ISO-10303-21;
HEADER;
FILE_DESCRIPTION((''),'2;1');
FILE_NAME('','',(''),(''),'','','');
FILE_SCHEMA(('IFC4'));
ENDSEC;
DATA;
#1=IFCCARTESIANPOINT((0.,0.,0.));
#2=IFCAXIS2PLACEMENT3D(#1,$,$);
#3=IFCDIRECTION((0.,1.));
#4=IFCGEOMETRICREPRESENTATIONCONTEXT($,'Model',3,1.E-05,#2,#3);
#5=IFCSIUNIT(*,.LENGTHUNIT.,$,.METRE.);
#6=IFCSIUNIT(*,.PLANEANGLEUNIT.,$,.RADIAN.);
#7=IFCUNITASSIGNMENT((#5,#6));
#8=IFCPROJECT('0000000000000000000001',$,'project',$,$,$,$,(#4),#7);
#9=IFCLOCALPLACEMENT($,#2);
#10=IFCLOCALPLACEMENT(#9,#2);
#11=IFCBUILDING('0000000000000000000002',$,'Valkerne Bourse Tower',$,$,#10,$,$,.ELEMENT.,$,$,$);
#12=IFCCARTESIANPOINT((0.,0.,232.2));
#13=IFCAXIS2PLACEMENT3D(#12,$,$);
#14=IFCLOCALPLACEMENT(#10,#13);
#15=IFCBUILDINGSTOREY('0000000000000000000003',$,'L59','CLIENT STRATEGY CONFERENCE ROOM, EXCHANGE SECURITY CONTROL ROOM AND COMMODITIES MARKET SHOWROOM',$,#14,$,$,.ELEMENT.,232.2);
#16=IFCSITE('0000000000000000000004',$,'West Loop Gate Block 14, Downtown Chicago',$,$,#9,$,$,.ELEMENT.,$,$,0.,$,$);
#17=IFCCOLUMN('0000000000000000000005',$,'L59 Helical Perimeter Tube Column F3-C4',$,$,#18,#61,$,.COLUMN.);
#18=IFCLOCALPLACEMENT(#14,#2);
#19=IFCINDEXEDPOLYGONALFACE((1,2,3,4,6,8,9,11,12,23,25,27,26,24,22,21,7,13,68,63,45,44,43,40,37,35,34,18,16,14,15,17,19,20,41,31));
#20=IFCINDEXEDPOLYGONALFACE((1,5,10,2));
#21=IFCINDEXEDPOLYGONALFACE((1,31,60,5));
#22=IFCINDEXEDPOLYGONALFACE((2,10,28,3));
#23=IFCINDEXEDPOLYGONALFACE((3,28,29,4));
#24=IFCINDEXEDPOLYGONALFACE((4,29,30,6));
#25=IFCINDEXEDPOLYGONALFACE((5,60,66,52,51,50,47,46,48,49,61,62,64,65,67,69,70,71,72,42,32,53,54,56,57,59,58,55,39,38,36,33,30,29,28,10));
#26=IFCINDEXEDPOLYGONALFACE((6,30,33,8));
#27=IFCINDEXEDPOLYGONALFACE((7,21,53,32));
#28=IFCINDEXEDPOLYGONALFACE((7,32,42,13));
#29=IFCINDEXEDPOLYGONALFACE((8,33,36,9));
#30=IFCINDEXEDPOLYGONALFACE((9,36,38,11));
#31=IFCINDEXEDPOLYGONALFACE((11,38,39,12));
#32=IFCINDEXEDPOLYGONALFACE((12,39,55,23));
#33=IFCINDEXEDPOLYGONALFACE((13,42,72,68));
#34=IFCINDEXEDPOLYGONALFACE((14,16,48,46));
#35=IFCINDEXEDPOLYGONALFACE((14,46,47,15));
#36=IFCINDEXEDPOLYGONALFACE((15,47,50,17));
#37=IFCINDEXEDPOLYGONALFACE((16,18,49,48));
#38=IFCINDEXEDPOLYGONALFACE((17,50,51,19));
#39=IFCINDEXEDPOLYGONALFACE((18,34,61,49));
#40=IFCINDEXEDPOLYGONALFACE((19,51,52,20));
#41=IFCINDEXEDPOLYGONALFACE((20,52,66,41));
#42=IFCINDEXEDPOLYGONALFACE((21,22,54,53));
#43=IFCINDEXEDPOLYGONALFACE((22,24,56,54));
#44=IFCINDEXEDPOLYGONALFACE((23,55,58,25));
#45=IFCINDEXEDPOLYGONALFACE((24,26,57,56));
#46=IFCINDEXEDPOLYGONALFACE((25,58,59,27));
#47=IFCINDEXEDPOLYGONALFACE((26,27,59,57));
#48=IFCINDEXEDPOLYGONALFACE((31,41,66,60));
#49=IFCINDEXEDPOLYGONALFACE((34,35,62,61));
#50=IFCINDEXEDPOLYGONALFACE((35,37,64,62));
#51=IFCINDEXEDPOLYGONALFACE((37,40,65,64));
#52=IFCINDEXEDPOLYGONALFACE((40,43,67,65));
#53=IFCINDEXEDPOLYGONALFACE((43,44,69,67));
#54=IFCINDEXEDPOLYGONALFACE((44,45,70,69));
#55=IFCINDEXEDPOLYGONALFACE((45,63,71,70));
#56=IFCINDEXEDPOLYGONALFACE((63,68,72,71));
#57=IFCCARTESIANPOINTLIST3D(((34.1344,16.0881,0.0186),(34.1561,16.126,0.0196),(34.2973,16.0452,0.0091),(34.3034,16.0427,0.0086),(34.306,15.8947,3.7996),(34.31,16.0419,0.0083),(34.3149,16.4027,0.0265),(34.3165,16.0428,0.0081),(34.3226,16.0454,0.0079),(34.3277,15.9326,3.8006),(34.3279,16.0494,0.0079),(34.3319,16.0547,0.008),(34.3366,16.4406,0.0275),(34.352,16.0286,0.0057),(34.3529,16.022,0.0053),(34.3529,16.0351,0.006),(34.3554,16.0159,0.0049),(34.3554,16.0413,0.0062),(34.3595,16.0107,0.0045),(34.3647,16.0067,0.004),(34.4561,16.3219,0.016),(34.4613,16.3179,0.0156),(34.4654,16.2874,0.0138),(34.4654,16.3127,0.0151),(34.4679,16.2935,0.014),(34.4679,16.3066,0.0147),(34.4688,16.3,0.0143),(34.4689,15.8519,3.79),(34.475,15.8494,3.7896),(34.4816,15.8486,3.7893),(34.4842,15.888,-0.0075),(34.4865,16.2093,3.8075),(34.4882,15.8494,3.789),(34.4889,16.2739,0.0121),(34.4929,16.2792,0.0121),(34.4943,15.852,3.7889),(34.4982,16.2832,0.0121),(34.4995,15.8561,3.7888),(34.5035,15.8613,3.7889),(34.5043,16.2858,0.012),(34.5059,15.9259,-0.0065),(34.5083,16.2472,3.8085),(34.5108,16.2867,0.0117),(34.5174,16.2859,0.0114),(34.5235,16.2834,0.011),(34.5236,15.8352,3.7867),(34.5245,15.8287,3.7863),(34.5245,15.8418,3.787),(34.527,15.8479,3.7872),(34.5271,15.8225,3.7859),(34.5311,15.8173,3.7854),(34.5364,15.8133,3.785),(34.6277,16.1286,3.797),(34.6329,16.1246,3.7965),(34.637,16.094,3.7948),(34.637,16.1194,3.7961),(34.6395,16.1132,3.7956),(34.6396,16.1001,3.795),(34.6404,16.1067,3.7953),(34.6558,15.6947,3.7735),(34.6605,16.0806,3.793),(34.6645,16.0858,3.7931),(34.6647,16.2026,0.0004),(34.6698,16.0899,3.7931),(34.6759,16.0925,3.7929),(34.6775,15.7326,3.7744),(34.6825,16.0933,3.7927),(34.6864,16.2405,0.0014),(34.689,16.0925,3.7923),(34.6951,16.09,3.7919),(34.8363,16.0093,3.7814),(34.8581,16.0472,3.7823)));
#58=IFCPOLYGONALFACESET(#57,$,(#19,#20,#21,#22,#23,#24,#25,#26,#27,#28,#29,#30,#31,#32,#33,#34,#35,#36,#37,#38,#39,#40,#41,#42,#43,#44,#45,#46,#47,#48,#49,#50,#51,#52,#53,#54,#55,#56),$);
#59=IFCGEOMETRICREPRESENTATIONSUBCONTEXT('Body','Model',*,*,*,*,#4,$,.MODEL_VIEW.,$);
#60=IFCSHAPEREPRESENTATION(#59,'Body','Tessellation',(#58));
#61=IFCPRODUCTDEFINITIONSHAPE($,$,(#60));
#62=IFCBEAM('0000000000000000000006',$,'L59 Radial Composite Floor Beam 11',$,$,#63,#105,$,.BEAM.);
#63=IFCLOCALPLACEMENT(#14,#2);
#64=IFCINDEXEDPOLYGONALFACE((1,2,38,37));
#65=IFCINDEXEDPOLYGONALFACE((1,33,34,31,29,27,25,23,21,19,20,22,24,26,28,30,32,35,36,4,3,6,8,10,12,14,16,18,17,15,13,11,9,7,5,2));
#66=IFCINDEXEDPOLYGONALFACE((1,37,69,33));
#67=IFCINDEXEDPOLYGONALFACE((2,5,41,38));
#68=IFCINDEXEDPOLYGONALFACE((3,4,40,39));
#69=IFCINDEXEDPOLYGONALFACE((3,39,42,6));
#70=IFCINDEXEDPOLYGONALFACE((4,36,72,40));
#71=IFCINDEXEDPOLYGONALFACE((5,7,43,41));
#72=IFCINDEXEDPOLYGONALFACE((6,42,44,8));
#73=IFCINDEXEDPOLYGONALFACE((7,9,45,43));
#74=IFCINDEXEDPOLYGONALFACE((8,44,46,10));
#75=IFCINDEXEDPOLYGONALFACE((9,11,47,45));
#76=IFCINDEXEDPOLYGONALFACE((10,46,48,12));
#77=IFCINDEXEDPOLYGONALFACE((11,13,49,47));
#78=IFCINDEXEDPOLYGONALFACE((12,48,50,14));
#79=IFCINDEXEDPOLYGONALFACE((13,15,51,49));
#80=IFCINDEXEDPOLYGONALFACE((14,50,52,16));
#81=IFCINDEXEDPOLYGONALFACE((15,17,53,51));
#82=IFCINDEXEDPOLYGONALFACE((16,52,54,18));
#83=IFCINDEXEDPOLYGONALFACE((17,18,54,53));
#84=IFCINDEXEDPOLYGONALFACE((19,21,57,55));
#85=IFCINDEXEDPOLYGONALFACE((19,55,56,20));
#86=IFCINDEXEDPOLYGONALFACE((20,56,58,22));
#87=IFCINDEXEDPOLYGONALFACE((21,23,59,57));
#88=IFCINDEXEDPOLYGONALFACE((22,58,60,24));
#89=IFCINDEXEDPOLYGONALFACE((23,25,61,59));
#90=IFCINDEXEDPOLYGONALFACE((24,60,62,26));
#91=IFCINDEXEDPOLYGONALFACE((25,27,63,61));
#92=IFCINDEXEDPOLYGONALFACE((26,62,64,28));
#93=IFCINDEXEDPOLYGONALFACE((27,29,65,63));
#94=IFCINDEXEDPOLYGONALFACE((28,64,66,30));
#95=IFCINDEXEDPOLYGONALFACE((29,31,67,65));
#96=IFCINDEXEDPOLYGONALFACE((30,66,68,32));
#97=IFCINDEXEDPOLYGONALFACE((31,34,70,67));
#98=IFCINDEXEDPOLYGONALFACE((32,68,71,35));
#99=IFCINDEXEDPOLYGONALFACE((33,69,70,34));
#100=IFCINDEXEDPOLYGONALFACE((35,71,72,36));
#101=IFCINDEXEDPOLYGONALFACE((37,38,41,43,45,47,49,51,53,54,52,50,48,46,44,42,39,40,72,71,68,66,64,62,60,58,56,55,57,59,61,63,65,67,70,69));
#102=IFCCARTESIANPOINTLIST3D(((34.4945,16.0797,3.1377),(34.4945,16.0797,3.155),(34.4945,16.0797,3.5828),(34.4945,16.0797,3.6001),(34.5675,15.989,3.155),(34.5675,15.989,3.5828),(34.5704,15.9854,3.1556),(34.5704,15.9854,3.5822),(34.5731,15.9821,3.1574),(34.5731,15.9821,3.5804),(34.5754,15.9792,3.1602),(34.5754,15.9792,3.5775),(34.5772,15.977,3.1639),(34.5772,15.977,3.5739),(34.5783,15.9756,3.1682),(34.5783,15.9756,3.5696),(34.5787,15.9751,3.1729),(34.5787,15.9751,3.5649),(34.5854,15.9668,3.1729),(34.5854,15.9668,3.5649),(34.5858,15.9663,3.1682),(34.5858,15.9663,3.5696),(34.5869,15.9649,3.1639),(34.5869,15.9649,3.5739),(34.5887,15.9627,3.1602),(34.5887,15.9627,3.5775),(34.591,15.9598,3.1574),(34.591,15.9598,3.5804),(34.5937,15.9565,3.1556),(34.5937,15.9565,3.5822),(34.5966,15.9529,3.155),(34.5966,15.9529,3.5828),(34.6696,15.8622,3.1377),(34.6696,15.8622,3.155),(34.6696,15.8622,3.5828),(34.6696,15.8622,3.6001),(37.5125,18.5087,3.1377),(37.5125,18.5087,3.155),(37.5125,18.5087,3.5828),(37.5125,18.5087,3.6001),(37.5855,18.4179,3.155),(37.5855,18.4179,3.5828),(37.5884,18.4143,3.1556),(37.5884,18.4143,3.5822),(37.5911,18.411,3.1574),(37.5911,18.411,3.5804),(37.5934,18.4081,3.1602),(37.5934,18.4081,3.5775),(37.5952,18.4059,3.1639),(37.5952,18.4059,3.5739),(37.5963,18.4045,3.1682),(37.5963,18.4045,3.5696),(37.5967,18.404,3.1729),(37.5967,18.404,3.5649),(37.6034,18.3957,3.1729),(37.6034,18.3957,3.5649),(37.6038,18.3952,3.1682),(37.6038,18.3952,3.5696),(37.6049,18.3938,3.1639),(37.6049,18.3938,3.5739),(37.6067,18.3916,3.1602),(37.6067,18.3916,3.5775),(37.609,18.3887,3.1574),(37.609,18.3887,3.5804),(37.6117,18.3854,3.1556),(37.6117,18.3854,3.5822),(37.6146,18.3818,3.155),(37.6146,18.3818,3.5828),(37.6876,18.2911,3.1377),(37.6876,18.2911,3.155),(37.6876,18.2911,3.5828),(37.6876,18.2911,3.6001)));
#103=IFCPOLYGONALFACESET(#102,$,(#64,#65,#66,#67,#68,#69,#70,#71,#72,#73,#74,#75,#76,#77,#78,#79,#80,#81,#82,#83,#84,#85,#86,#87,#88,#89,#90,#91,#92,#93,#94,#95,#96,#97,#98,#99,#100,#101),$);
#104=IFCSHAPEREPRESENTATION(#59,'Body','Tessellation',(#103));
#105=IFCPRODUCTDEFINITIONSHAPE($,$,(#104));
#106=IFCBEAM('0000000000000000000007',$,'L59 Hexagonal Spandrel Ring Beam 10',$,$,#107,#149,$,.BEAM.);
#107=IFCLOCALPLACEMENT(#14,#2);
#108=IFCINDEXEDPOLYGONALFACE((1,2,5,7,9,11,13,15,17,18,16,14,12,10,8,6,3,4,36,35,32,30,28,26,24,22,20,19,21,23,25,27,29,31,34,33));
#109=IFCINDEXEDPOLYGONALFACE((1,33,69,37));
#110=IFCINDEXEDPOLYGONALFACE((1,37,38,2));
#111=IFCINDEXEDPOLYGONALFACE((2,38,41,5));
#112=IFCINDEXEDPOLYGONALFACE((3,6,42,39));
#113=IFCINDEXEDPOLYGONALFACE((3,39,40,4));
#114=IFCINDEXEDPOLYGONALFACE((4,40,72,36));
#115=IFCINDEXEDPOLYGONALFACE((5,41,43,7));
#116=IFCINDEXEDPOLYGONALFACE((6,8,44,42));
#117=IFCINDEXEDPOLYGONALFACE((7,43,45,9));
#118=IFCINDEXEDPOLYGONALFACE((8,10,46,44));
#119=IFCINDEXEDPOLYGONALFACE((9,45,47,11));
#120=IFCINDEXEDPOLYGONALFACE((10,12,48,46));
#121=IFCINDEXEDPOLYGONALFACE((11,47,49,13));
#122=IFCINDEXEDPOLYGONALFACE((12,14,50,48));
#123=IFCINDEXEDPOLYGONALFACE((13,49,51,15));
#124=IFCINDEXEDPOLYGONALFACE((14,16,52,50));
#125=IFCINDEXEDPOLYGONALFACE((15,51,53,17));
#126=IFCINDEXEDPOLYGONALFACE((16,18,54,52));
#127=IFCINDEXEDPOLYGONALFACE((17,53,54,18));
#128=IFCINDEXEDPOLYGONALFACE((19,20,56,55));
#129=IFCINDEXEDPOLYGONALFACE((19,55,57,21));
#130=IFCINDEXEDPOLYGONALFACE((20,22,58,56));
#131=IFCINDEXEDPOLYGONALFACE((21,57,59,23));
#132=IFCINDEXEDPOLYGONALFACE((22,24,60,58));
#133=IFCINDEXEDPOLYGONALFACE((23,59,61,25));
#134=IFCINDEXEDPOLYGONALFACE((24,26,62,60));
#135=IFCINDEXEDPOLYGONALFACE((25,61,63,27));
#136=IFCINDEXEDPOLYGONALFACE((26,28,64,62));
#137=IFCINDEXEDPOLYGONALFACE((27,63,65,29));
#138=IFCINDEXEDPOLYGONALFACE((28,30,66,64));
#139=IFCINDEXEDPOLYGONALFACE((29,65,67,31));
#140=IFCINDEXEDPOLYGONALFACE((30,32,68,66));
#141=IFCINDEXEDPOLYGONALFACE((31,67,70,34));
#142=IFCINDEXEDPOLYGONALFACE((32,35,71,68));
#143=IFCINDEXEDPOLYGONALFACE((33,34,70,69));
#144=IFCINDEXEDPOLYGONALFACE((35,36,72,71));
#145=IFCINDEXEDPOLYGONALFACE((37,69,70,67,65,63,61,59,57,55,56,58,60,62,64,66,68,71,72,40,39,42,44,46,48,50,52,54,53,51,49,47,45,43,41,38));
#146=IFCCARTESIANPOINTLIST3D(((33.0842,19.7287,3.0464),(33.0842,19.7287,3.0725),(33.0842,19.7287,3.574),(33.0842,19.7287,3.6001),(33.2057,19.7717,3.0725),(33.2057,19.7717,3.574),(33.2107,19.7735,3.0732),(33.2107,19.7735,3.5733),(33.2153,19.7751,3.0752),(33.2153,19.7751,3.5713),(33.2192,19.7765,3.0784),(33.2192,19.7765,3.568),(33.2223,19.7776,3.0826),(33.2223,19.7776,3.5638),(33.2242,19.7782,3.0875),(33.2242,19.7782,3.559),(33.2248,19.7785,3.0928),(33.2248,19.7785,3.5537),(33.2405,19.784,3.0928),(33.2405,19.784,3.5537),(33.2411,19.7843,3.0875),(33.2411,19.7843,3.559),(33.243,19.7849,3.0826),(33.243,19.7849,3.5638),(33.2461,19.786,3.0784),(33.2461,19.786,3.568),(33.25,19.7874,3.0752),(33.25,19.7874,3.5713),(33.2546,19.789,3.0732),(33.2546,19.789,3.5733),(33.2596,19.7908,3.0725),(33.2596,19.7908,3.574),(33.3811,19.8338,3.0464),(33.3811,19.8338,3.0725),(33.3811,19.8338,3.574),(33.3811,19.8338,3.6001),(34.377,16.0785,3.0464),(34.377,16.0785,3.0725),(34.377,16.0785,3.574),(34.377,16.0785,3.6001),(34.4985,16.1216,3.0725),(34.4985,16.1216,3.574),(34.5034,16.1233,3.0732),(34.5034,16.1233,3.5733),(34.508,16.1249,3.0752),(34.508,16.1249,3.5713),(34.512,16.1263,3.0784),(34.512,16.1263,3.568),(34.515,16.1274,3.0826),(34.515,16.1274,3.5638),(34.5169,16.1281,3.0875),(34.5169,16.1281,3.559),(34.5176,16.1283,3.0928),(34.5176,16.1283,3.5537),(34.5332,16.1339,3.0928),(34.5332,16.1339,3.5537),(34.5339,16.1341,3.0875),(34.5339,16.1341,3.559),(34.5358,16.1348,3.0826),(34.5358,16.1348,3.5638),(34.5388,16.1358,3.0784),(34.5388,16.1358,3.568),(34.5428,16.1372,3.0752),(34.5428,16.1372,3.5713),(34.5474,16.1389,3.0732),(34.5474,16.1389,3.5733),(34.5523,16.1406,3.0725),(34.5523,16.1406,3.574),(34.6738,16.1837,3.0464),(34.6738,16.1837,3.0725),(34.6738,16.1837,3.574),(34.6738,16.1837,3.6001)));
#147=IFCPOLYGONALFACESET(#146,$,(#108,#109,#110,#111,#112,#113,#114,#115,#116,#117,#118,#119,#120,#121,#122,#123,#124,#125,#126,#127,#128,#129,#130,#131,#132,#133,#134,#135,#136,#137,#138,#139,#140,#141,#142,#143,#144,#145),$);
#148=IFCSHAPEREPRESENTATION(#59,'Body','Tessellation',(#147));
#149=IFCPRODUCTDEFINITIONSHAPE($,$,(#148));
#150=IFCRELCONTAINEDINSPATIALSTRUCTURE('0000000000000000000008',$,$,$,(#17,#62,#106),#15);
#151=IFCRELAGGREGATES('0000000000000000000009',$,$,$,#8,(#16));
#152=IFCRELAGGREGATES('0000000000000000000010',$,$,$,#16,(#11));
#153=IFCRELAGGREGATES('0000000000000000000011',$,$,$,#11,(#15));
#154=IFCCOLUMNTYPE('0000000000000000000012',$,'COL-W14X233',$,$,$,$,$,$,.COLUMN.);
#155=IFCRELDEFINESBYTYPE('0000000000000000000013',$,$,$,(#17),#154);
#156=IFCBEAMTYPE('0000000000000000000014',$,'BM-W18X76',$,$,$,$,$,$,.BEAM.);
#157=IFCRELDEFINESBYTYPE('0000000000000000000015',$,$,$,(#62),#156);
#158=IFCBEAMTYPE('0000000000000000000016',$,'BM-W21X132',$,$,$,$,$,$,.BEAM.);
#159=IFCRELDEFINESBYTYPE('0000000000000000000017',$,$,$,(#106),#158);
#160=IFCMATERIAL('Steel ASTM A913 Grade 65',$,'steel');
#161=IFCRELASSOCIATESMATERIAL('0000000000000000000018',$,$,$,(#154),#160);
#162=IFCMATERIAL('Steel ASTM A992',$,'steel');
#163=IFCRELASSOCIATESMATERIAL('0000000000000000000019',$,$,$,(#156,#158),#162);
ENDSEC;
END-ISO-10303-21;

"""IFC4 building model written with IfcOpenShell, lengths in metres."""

from ifc_helpers import new_model, si_unit, direction, frame, origin, origin_2d, place, context, subcontext, project, spatial, i_section, extrude, material, material_profile, profile_set, type_object, element, save


model = new_model("IFC4")

# Units and contexts
model_context = context("Model", 3, precision=1e-05, world=origin(), true_north=direction((0.0, 1.0)))
body_context = subcontext(model_context, "Body", "Model", "MODEL_VIEW")
ifc_project = project(units=[si_unit("LENGTHUNIT", "METRE"), si_unit("PLANEANGLEUNIT", "RADIAN")], contexts=[model_context])

# Site, building, storey
site_placement = place(None, origin())
site = spatial("IfcSite", under=ifc_project, at=site_placement, Name="West Loop Gate Block 14, Downtown Chicago", CompositionType="ELEMENT", RefElevation=0.0)
building_placement = place(site_placement, origin())
building = spatial("IfcBuilding", under=site, at=building_placement, Name="Valkerne Bourse Tower", CompositionType="ELEMENT")
storey_placement = place(building_placement, frame((0.0, 0.0, 232.2)))
storey = spatial("IfcBuildingStorey", under=building, at=storey_placement, Name="L59", Description="CLIENT STRATEGY CONFERENCE ROOM, EXCHANGE SECURITY CONTROL ROOM AND COMMODITIES MARKET SHOWROOM", CompositionType="ELEMENT", Elevation=232.2)

# Column
ifc_material_1 = material(Name="Steel ASTM A913 Grade 65", Category="steel")
ifc_material_profile_1 = material_profile(ifc_material_1, i_section(OverallWidth=0.4038, OverallDepth=0.4065, WebThickness=0.0271, FlangeThickness=0.0437, FilletRadius=0.0254, at=origin_2d()), Name="W14X233")
ifc_profile_set_1 = profile_set([ifc_material_profile_1], Name="Steel ASTM A913 Grade 65")
column_type = type_object("IfcColumnType", Name="COL-W14X233", PredefinedType="COLUMN", material=ifc_profile_set_1)
column_placement = place(storey_placement, frame((34.4104, 16.1643, 0.01), z_axis=(0.045287, -0.051021, 0.99767), x_axis=(0.86624, -0.495427, -0.064657)))
element("IfcColumn", 1, at=column_placement, inside=storey, type_object=column_type, Name="L59 Helical Perimeter Tube Column F3-C4", PredefinedType="COLUMN", context=body_context, shape_type="SweptSolid", body=[
    extrude(i_section(OverallWidth=0.4038, OverallDepth=0.4065, WebThickness=0.0271, FlangeThickness=0.0437, FilletRadius=0.0254, at=origin_2d()), origin(), (0.0, 0.0, 1.0), 3.7898),
])

# Beams
ifc_material_2 = material(Name="Steel ASTM A992", Category="steel")
ifc_material_profile_2 = material_profile(ifc_material_2, i_section(OverallWidth=0.2793, OverallDepth=0.4624, WebThickness=0.0107, FlangeThickness=0.0173, FilletRadius=0.0178, at=origin_2d()), Name="W18X76")
ifc_profile_set_2 = profile_set([ifc_material_profile_2], Name="Steel ASTM A992")
beam_type_1 = type_object("IfcBeamType", Name="BM-W18X76", PredefinedType="BEAM", material=ifc_profile_set_2)
beam_1_placement = place(storey_placement, frame((34.582, 15.9709, 3.3689), z_axis=(0.779039, 0.626975, 0.0), x_axis=(-0.626975, 0.779039, 0.0)))
element("IfcBeam", 2, at=beam_1_placement, inside=storey, type_object=beam_type_1, Name="L59 Radial Composite Floor Beam 11", PredefinedType="BEAM", context=body_context, shape_type="SweptSolid", body=[
    extrude(i_section(OverallWidth=0.2793, OverallDepth=0.4624, WebThickness=0.0107, FlangeThickness=0.0173, FilletRadius=0.0178, at=origin_2d()), origin(), (0.0, 0.0, 1.0), 3.874),
])
ifc_material_profile_3 = material_profile(ifc_material_2, i_section(OverallWidth=0.3149, OverallDepth=0.5537, WebThickness=0.0166, FlangeThickness=0.0261, FilletRadius=0.0203, at=origin_2d()), Name="W21X132")
ifc_profile_set_3 = profile_set([ifc_material_profile_3], Name="Steel ASTM A992")
beam_type_2 = type_object("IfcBeamType", Name="BM-W21X132", PredefinedType="BEAM", material=ifc_profile_set_3)
beam_2_placement = place(storey_placement, frame((33.2327, 19.7812, 3.3232), z_axis=(0.333839, -0.94263, 0.0), x_axis=(0.94263, 0.333839, 0.0)))
element("IfcBeam", 3, at=beam_2_placement, inside=storey, type_object=beam_type_2, Name="L59 Hexagonal Spandrel Ring Beam 10", PredefinedType="BEAM", context=body_context, shape_type="SweptSolid", body=[
    extrude(i_section(OverallWidth=0.3149, OverallDepth=0.5537, WebThickness=0.0166, FlangeThickness=0.0261, FilletRadius=0.0203, at=origin_2d()), origin(), (0.0, 0.0, 1.0), 3.8723),
])

save(model, "model.ifc")
